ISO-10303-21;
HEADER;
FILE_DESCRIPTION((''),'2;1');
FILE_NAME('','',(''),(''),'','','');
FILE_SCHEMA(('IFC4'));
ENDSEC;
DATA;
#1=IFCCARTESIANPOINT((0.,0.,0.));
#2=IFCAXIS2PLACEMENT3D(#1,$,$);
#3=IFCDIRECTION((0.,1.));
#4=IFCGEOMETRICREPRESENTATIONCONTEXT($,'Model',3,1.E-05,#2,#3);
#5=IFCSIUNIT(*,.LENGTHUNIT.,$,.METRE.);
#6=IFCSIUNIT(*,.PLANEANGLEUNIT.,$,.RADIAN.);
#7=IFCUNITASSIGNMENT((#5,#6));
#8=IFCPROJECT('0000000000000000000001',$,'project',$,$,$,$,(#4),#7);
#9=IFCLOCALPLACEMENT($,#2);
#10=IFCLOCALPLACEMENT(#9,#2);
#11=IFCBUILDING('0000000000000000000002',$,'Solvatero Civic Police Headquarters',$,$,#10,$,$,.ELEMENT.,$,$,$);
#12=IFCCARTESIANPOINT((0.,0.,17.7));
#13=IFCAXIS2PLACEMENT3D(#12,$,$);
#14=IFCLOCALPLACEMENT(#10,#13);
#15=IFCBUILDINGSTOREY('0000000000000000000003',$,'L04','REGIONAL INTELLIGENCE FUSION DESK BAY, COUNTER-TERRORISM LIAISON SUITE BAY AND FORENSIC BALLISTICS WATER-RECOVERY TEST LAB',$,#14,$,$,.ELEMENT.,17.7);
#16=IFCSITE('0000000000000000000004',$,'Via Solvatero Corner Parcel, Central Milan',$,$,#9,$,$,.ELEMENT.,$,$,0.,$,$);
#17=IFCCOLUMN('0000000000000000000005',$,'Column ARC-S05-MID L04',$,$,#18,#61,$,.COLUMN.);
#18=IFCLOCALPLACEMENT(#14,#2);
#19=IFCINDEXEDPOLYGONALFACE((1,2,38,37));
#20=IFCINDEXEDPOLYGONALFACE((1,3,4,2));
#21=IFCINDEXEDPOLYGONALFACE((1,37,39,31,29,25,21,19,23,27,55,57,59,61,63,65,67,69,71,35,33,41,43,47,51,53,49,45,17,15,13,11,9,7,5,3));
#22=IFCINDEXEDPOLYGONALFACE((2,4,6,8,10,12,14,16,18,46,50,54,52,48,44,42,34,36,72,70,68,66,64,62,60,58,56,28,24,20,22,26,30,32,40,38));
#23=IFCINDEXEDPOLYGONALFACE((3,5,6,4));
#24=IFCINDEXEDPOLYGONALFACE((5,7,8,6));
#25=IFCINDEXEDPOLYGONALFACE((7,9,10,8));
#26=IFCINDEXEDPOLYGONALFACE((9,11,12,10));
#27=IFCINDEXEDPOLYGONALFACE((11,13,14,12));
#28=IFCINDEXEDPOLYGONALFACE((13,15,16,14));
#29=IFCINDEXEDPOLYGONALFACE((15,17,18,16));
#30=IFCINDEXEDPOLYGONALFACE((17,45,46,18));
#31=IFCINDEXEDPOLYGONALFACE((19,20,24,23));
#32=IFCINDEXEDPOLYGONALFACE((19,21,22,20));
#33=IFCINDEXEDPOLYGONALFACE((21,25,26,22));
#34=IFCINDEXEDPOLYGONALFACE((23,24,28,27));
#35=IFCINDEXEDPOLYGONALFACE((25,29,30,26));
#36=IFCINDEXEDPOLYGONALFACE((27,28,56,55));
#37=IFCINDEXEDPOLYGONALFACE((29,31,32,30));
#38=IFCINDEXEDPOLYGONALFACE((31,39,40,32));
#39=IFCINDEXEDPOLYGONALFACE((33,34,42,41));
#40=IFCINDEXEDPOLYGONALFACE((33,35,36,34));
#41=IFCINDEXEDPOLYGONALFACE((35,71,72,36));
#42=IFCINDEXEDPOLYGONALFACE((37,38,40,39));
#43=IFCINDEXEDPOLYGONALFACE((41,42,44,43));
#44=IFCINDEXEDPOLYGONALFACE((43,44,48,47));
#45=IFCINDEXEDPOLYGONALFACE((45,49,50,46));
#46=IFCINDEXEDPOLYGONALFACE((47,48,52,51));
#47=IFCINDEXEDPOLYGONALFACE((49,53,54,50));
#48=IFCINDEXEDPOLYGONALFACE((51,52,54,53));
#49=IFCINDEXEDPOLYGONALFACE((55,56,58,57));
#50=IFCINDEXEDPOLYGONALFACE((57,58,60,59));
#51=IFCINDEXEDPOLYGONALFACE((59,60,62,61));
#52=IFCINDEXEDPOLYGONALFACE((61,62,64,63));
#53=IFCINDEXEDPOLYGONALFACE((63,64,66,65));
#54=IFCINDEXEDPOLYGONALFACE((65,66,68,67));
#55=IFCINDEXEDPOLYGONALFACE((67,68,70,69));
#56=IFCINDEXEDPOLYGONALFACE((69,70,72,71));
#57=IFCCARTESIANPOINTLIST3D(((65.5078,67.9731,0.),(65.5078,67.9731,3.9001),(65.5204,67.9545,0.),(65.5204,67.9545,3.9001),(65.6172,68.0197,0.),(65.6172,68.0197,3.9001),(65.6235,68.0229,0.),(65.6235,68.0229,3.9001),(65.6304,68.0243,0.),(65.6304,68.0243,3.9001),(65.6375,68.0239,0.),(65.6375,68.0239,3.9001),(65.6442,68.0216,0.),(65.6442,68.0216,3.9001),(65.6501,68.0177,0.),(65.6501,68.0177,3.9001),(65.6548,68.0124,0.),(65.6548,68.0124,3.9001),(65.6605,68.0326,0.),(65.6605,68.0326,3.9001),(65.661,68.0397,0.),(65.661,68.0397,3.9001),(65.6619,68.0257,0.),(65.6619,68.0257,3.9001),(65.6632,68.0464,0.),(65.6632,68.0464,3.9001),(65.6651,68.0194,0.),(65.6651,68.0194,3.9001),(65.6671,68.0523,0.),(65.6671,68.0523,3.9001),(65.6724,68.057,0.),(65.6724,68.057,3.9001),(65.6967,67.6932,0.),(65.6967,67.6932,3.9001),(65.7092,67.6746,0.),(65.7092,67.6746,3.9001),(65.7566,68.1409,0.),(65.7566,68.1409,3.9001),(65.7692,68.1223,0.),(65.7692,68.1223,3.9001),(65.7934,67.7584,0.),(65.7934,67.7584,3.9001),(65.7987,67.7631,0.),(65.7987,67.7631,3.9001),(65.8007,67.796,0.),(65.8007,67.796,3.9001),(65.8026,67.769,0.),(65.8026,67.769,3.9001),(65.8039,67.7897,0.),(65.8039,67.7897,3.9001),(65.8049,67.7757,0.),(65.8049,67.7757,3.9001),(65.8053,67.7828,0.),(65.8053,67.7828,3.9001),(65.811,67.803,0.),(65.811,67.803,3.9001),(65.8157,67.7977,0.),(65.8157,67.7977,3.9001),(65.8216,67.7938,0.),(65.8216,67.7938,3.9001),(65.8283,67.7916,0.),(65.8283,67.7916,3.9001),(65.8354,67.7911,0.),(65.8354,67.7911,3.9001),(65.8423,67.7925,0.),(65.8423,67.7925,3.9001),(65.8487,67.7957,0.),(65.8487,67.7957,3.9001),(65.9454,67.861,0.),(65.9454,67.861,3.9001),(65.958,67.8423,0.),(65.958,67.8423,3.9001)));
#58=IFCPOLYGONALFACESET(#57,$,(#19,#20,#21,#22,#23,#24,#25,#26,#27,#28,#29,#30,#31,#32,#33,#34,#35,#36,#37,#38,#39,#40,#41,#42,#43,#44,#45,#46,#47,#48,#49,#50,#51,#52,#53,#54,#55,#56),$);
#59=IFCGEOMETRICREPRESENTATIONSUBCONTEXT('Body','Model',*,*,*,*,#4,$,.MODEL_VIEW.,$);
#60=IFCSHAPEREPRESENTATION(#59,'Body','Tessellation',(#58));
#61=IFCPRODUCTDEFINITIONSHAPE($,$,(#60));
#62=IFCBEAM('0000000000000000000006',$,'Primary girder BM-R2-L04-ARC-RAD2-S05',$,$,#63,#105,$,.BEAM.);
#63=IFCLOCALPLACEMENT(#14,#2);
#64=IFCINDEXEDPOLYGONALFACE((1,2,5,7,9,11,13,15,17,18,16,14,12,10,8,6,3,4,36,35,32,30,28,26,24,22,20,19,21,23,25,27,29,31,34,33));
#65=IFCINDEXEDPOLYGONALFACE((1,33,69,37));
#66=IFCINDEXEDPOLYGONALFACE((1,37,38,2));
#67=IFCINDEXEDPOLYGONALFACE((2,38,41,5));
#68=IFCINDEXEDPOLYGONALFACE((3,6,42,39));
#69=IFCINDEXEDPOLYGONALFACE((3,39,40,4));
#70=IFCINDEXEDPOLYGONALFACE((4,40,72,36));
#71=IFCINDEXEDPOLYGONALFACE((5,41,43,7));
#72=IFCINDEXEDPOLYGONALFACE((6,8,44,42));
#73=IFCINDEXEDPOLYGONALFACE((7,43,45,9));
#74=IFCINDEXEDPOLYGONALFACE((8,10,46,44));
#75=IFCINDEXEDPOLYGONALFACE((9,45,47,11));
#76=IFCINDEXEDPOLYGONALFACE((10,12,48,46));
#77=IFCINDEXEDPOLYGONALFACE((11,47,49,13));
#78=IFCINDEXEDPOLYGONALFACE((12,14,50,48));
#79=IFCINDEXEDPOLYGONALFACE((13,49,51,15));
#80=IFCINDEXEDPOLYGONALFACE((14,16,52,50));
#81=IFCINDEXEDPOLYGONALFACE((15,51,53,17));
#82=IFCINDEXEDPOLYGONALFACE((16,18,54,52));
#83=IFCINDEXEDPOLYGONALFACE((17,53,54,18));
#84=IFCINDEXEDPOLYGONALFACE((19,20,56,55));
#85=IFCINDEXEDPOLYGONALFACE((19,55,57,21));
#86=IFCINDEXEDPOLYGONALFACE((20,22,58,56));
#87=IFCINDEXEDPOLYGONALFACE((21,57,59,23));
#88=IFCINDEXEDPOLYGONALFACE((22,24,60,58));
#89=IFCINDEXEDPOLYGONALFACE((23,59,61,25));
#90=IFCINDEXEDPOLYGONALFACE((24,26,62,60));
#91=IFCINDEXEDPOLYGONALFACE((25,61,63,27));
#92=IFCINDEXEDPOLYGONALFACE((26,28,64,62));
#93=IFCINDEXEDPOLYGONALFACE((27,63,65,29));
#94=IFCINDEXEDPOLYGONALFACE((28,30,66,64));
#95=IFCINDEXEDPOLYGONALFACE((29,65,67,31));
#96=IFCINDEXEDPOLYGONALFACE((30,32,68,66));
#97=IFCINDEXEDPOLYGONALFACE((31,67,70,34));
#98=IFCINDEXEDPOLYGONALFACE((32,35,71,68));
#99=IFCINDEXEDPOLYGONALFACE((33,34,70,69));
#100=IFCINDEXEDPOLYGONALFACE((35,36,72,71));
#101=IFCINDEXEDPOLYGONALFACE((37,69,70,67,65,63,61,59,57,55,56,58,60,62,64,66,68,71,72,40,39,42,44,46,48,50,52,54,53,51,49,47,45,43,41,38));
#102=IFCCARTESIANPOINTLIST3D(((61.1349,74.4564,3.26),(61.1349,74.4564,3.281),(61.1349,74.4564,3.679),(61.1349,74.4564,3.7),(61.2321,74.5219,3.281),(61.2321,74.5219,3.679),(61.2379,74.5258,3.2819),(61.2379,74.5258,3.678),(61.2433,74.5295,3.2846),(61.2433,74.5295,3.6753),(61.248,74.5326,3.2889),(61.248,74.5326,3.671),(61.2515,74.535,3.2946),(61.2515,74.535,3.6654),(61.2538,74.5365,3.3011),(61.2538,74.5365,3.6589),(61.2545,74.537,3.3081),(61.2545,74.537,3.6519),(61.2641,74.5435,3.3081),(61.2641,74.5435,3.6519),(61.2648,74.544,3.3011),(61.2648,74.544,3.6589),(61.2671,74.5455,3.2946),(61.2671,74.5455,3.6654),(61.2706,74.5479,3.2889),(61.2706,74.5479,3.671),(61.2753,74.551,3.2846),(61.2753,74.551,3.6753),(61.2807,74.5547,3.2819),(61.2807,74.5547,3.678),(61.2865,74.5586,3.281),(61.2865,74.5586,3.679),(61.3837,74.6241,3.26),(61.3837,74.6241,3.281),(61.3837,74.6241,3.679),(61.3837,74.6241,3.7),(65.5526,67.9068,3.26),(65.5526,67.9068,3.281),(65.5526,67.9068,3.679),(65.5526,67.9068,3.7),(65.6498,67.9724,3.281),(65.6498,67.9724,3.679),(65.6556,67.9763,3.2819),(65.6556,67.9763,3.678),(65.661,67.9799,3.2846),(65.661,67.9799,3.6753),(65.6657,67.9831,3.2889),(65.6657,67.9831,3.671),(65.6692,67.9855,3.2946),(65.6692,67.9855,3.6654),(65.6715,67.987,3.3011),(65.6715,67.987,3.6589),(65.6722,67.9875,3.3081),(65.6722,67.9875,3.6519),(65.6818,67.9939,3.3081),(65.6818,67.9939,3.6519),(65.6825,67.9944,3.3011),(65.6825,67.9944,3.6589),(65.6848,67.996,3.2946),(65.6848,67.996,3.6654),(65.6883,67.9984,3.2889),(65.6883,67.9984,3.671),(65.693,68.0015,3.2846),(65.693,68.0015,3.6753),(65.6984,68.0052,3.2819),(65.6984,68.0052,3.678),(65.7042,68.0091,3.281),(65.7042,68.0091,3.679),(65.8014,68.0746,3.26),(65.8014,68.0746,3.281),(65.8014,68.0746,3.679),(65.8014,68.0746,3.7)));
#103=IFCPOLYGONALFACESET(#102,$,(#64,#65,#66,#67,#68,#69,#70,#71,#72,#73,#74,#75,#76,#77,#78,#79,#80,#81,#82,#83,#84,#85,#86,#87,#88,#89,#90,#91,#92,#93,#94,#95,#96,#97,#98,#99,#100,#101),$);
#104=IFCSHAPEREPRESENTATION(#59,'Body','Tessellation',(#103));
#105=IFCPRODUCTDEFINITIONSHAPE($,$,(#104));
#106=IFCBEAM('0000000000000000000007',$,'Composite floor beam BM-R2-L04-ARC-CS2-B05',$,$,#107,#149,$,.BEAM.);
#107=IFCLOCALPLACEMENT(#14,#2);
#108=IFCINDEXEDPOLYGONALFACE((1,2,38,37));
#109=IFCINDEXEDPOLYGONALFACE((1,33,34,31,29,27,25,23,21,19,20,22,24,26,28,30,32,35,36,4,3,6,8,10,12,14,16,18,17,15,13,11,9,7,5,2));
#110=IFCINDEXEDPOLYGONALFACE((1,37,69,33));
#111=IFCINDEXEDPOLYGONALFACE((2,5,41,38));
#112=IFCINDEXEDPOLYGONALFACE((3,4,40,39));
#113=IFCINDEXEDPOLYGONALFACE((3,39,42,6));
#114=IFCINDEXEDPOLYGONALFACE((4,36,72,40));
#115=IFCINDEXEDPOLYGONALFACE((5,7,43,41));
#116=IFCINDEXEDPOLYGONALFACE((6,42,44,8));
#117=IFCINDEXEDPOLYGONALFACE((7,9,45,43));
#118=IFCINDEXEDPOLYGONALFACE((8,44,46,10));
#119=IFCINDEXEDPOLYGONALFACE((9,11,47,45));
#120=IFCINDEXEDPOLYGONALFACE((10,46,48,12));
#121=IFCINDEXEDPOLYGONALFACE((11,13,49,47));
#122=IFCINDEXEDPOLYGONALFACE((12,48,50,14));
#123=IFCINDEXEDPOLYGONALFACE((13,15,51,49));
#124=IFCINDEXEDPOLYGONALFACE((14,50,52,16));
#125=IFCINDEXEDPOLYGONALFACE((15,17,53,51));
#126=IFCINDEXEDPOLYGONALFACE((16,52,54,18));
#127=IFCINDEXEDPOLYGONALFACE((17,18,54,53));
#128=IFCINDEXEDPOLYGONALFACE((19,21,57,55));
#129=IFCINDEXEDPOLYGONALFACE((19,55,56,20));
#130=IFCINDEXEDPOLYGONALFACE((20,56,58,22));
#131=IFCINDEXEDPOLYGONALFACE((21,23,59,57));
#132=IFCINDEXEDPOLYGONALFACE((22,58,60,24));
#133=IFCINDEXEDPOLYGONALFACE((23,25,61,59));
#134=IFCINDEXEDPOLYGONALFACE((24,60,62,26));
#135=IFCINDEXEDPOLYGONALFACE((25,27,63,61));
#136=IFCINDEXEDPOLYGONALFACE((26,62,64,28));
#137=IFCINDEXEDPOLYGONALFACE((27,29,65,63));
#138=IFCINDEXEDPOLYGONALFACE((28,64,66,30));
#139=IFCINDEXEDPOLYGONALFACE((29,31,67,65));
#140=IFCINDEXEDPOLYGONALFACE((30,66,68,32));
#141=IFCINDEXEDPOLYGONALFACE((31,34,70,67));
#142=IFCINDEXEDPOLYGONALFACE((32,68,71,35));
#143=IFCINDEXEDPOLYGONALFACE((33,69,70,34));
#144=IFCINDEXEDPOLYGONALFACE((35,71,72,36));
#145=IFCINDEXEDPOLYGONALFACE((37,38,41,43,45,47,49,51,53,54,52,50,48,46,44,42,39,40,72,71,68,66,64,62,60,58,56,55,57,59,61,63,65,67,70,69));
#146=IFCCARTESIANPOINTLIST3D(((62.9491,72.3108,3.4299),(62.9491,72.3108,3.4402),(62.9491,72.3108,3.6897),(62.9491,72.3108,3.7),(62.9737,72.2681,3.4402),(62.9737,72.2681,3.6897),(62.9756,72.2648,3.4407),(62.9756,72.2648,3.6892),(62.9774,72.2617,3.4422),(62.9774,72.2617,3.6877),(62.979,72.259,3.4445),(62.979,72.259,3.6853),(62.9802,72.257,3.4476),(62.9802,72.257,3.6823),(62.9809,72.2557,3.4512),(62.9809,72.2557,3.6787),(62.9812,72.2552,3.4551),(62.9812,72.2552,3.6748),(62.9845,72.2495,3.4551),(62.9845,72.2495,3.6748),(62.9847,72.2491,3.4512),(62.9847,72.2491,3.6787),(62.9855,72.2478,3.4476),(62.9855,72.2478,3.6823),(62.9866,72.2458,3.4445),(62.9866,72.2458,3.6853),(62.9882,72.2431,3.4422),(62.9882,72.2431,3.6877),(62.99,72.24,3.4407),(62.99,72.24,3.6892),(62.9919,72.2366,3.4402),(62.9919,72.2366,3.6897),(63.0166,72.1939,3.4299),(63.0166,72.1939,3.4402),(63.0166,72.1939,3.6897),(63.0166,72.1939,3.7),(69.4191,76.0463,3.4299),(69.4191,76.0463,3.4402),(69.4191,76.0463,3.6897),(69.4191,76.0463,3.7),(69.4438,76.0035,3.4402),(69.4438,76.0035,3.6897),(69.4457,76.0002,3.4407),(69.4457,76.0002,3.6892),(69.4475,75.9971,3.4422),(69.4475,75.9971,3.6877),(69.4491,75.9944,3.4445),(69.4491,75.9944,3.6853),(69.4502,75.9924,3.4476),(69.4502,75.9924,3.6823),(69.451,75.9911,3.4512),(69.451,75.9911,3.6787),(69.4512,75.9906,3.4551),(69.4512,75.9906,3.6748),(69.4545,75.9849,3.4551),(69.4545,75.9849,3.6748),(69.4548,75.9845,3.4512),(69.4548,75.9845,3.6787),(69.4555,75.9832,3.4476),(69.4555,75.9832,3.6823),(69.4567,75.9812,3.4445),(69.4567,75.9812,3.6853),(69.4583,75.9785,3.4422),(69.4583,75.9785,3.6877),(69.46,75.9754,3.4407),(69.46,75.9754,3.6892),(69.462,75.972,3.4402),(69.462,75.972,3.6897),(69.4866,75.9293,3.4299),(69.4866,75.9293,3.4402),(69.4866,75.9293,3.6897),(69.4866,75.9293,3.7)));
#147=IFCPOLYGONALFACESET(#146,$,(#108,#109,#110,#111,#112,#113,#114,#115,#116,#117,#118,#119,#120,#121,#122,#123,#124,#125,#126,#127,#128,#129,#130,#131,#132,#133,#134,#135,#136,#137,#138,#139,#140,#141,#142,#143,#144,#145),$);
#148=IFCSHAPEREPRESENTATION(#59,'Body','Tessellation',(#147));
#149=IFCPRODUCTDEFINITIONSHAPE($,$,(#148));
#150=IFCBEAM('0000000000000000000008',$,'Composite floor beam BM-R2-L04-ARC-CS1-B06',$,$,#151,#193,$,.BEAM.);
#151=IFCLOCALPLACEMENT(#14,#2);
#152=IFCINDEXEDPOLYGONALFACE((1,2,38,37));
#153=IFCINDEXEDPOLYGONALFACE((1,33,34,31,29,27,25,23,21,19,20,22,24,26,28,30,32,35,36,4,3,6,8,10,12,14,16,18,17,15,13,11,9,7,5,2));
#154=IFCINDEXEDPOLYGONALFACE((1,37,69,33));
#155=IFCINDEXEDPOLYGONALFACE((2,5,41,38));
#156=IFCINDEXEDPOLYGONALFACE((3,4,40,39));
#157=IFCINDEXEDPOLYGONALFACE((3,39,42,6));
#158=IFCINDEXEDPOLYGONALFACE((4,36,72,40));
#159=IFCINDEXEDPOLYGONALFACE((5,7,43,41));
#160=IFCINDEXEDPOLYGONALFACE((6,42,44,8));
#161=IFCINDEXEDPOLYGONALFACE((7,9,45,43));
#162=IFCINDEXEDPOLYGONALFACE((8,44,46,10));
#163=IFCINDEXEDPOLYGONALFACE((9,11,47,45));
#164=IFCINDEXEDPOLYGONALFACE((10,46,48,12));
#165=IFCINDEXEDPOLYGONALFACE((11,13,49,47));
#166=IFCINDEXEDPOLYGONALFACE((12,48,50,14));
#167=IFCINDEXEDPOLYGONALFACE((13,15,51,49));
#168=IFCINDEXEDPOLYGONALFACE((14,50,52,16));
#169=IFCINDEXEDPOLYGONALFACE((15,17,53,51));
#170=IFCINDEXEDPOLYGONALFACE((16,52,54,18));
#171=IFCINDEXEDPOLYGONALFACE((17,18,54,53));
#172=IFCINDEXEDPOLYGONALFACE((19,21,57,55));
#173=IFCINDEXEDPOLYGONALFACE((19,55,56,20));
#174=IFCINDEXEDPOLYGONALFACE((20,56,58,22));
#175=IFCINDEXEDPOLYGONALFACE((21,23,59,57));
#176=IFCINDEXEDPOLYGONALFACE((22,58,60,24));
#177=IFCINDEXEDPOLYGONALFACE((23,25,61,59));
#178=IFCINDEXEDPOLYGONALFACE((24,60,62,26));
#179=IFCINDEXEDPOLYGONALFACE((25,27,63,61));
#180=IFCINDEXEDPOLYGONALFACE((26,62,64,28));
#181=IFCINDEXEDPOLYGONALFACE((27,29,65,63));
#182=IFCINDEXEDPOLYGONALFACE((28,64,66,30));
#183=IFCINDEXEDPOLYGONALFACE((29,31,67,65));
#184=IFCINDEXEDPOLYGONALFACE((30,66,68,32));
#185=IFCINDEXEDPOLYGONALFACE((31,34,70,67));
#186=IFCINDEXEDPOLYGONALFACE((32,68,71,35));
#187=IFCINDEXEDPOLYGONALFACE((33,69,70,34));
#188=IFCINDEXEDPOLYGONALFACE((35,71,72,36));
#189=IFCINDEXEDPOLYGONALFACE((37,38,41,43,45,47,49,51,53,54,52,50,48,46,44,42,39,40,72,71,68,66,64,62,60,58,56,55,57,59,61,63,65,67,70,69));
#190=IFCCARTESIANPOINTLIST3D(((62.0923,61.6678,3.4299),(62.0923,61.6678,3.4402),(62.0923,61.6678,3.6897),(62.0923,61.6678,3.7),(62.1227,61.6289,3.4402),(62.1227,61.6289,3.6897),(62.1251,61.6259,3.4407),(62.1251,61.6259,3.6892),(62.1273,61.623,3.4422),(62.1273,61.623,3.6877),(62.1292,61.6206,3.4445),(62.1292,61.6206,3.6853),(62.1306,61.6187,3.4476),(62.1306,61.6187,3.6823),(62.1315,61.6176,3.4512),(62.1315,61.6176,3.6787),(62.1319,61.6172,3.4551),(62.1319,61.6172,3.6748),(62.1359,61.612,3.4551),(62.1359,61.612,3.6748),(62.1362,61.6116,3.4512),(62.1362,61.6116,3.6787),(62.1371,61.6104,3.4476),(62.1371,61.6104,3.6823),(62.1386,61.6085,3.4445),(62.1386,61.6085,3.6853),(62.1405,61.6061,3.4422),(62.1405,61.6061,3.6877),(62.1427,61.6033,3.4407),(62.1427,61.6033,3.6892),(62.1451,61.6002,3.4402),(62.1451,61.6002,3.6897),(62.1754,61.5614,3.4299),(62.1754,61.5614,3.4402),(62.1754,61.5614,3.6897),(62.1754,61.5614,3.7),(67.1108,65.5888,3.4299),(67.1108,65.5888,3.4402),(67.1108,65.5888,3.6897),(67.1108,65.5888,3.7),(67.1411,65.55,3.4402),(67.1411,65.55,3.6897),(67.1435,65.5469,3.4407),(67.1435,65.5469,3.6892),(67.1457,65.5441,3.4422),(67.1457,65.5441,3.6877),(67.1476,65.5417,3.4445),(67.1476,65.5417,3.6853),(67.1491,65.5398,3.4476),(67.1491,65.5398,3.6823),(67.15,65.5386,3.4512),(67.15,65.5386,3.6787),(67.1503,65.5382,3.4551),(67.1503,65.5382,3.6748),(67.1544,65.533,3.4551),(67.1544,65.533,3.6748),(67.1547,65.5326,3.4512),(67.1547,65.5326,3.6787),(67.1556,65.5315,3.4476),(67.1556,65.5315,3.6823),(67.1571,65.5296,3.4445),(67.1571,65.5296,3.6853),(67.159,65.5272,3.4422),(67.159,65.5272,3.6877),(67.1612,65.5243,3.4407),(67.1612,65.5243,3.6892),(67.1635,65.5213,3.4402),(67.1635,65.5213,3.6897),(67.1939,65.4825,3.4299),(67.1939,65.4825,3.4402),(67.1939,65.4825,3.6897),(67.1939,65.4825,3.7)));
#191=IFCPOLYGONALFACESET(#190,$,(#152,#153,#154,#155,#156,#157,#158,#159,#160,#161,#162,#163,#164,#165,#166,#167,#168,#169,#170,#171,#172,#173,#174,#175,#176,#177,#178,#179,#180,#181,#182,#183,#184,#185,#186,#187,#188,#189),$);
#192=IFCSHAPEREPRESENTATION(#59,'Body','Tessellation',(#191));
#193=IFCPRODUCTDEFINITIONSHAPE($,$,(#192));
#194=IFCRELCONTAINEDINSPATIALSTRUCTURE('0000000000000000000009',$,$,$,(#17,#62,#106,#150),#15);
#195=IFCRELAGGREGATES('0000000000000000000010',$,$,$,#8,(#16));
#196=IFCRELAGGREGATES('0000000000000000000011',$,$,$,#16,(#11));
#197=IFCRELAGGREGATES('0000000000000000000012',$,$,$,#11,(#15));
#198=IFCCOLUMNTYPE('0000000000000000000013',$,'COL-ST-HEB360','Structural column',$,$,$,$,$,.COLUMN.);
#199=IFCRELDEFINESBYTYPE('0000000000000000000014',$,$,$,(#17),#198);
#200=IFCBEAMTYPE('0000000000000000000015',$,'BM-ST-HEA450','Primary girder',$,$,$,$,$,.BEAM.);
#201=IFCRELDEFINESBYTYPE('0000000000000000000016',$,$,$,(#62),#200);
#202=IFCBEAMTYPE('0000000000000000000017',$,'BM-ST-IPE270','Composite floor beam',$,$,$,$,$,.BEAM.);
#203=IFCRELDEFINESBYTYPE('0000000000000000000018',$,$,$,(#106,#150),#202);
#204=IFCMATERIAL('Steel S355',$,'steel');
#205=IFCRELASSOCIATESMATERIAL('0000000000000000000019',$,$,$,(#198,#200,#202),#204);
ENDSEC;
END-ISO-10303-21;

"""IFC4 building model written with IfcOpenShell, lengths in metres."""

from ifc_helpers import new_model, si_unit, direction, frame, origin, origin_2d, place, context, subcontext, project, spatial, i_section, extrude, material, material_profile, profile_set, type_object, element, save


model = new_model("IFC4")

# Units and contexts
model_context = context("Model", 3, precision=1e-05, world=origin(), true_north=direction((0.0, 1.0)))
body_context = subcontext(model_context, "Body", "Model", "MODEL_VIEW")
ifc_project = project(units=[si_unit("LENGTHUNIT", "METRE"), si_unit("PLANEANGLEUNIT", "RADIAN")], contexts=[model_context])

# Site, building, storey
site_placement = place(None, origin())
site = spatial("IfcSite", under=ifc_project, at=site_placement, Name="Via Solvatero Corner Parcel, Central Milan", CompositionType="ELEMENT", RefElevation=0.0)
building_placement = place(site_placement, origin())
building = spatial("IfcBuilding", under=site, at=building_placement, Name="Solvatero Civic Police Headquarters", CompositionType="ELEMENT")
storey_placement = place(building_placement, frame((0.0, 0.0, 17.7)))
storey = spatial("IfcBuildingStorey", under=building, at=storey_placement, Name="L04", Description="REGIONAL INTELLIGENCE FUSION DESK BAY, COUNTER-TERRORISM LIAISON SUITE BAY AND FORENSIC BALLISTICS WATER-RECOVERY TEST LAB", CompositionType="ELEMENT", Elevation=17.7)

# Column
ifc_material_1 = material(Name="Steel S355", Category="steel")
ifc_material_profile_1 = material_profile(ifc_material_1, i_section(OverallWidth=0.3, OverallDepth=0.3601, WebThickness=0.0125, FlangeThickness=0.0225, FilletRadius=0.0271, at=origin_2d()), Name="HEB 360")
ifc_profile_set_1 = profile_set([ifc_material_profile_1], Name="Steel S355")
column_type = type_object("IfcColumnType", Name="COL-ST-HEB360", Description="Structural column", PredefinedType="COLUMN", material=ifc_profile_set_1)
column_placement = place(storey_placement, frame((65.7329, 67.9077, 0.0), z_axis=(0.0, 0.0, 1.0), x_axis=(0.829038, 0.559193, 0.0)))
element("IfcColumn", 1, at=column_placement, inside=storey, type_object=column_type, Name="Column ARC-S05-MID L04", PredefinedType="COLUMN", context=body_context, shape_type="SweptSolid", body=[
    extrude(i_section(OverallWidth=0.3, OverallDepth=0.3601, WebThickness=0.0125, FlangeThickness=0.0225, FilletRadius=0.0271, at=origin_2d()), origin(), (0.0, 0.0, 1.0), 3.9001),
])

# Beams
ifc_material_profile_2 = material_profile(ifc_material_1, i_section(OverallWidth=0.3, OverallDepth=0.4399, WebThickness=0.0115, FlangeThickness=0.021, FilletRadius=0.0271, at=origin_2d()), Name="HEA 450")
ifc_profile_set_2 = profile_set([ifc_material_profile_2], Name="Steel S355")
beam_type_1 = type_object("IfcBeamType", Name="BM-ST-HEA450", Description="Primary girder", PredefinedType="BEAM", material=ifc_profile_set_2)
beam_1_placement = place(storey_placement, frame((65.677, 67.9907, 3.48), z_axis=(-0.559192, 0.829038, 0.0), x_axis=(-0.829038, -0.559192, 0.0)))
element("IfcBeam", 2, at=beam_1_placement, inside=storey, type_object=beam_type_1, Name="Primary girder BM-R2-L04-ARC-RAD2-S05", PredefinedType="BEAM", context=body_context, shape_type="SweptSolid", body=[
    extrude(i_section(OverallWidth=0.3, OverallDepth=0.4399, WebThickness=0.0115, FlangeThickness=0.021, FilletRadius=0.0271, at=origin_2d()), origin(), (0.0, 0.0, 1.0), 7.9001),
])
ifc_material_profile_3 = material_profile(ifc_material_1, i_section(OverallWidth=0.135, OverallDepth=0.27, WebThickness=0.0066, FlangeThickness=0.0103, FilletRadius=0.0149, at=origin_2d()), Name="IPE 270")
ifc_profile_set_3 = profile_set([ifc_material_profile_3], Name="Steel S355")
beam_type_2 = type_object("IfcBeamType", Name="BM-ST-IPE270", Description="Composite floor beam", PredefinedType="BEAM", material=ifc_profile_set_3)
beam_2_placement = place(storey_placement, frame((69.4529, 75.9878, 3.5649), z_axis=(-0.86603, -0.499991, 0.0), x_axis=(0.499991, -0.86603, 0.0)))
element("IfcBeam", 3, at=beam_2_placement, inside=storey, type_object=beam_type_2, Name="Composite floor beam BM-R2-L04-ARC-CS2-B05", PredefinedType="BEAM", context=body_context, shape_type="SweptSolid", body=[
    extrude(i_section(OverallWidth=0.135, OverallDepth=0.27, WebThickness=0.0066, FlangeThickness=0.0103, FilletRadius=0.0149, at=origin_2d()), origin(), (0.0, 0.0, 1.0), 7.4709),
])
beam_3_placement = place(storey_placement, frame((67.1523, 65.5356, 3.5649), z_axis=(-0.787994, -0.615683, 0.0), x_axis=(0.615683, -0.787994, 0.0)))
element("IfcBeam", 4, at=beam_3_placement, inside=storey, type_object=beam_type_2, Name="Composite floor beam BM-R2-L04-ARC-CS1-B06", PredefinedType="BEAM", context=body_context, shape_type="SweptSolid", body=[
    extrude(i_section(OverallWidth=0.135, OverallDepth=0.27, WebThickness=0.0066, FlangeThickness=0.0103, FilletRadius=0.0149, at=origin_2d()), origin(), (0.0, 0.0, 1.0), 6.3687),
])

save(model, "model.ifc")
